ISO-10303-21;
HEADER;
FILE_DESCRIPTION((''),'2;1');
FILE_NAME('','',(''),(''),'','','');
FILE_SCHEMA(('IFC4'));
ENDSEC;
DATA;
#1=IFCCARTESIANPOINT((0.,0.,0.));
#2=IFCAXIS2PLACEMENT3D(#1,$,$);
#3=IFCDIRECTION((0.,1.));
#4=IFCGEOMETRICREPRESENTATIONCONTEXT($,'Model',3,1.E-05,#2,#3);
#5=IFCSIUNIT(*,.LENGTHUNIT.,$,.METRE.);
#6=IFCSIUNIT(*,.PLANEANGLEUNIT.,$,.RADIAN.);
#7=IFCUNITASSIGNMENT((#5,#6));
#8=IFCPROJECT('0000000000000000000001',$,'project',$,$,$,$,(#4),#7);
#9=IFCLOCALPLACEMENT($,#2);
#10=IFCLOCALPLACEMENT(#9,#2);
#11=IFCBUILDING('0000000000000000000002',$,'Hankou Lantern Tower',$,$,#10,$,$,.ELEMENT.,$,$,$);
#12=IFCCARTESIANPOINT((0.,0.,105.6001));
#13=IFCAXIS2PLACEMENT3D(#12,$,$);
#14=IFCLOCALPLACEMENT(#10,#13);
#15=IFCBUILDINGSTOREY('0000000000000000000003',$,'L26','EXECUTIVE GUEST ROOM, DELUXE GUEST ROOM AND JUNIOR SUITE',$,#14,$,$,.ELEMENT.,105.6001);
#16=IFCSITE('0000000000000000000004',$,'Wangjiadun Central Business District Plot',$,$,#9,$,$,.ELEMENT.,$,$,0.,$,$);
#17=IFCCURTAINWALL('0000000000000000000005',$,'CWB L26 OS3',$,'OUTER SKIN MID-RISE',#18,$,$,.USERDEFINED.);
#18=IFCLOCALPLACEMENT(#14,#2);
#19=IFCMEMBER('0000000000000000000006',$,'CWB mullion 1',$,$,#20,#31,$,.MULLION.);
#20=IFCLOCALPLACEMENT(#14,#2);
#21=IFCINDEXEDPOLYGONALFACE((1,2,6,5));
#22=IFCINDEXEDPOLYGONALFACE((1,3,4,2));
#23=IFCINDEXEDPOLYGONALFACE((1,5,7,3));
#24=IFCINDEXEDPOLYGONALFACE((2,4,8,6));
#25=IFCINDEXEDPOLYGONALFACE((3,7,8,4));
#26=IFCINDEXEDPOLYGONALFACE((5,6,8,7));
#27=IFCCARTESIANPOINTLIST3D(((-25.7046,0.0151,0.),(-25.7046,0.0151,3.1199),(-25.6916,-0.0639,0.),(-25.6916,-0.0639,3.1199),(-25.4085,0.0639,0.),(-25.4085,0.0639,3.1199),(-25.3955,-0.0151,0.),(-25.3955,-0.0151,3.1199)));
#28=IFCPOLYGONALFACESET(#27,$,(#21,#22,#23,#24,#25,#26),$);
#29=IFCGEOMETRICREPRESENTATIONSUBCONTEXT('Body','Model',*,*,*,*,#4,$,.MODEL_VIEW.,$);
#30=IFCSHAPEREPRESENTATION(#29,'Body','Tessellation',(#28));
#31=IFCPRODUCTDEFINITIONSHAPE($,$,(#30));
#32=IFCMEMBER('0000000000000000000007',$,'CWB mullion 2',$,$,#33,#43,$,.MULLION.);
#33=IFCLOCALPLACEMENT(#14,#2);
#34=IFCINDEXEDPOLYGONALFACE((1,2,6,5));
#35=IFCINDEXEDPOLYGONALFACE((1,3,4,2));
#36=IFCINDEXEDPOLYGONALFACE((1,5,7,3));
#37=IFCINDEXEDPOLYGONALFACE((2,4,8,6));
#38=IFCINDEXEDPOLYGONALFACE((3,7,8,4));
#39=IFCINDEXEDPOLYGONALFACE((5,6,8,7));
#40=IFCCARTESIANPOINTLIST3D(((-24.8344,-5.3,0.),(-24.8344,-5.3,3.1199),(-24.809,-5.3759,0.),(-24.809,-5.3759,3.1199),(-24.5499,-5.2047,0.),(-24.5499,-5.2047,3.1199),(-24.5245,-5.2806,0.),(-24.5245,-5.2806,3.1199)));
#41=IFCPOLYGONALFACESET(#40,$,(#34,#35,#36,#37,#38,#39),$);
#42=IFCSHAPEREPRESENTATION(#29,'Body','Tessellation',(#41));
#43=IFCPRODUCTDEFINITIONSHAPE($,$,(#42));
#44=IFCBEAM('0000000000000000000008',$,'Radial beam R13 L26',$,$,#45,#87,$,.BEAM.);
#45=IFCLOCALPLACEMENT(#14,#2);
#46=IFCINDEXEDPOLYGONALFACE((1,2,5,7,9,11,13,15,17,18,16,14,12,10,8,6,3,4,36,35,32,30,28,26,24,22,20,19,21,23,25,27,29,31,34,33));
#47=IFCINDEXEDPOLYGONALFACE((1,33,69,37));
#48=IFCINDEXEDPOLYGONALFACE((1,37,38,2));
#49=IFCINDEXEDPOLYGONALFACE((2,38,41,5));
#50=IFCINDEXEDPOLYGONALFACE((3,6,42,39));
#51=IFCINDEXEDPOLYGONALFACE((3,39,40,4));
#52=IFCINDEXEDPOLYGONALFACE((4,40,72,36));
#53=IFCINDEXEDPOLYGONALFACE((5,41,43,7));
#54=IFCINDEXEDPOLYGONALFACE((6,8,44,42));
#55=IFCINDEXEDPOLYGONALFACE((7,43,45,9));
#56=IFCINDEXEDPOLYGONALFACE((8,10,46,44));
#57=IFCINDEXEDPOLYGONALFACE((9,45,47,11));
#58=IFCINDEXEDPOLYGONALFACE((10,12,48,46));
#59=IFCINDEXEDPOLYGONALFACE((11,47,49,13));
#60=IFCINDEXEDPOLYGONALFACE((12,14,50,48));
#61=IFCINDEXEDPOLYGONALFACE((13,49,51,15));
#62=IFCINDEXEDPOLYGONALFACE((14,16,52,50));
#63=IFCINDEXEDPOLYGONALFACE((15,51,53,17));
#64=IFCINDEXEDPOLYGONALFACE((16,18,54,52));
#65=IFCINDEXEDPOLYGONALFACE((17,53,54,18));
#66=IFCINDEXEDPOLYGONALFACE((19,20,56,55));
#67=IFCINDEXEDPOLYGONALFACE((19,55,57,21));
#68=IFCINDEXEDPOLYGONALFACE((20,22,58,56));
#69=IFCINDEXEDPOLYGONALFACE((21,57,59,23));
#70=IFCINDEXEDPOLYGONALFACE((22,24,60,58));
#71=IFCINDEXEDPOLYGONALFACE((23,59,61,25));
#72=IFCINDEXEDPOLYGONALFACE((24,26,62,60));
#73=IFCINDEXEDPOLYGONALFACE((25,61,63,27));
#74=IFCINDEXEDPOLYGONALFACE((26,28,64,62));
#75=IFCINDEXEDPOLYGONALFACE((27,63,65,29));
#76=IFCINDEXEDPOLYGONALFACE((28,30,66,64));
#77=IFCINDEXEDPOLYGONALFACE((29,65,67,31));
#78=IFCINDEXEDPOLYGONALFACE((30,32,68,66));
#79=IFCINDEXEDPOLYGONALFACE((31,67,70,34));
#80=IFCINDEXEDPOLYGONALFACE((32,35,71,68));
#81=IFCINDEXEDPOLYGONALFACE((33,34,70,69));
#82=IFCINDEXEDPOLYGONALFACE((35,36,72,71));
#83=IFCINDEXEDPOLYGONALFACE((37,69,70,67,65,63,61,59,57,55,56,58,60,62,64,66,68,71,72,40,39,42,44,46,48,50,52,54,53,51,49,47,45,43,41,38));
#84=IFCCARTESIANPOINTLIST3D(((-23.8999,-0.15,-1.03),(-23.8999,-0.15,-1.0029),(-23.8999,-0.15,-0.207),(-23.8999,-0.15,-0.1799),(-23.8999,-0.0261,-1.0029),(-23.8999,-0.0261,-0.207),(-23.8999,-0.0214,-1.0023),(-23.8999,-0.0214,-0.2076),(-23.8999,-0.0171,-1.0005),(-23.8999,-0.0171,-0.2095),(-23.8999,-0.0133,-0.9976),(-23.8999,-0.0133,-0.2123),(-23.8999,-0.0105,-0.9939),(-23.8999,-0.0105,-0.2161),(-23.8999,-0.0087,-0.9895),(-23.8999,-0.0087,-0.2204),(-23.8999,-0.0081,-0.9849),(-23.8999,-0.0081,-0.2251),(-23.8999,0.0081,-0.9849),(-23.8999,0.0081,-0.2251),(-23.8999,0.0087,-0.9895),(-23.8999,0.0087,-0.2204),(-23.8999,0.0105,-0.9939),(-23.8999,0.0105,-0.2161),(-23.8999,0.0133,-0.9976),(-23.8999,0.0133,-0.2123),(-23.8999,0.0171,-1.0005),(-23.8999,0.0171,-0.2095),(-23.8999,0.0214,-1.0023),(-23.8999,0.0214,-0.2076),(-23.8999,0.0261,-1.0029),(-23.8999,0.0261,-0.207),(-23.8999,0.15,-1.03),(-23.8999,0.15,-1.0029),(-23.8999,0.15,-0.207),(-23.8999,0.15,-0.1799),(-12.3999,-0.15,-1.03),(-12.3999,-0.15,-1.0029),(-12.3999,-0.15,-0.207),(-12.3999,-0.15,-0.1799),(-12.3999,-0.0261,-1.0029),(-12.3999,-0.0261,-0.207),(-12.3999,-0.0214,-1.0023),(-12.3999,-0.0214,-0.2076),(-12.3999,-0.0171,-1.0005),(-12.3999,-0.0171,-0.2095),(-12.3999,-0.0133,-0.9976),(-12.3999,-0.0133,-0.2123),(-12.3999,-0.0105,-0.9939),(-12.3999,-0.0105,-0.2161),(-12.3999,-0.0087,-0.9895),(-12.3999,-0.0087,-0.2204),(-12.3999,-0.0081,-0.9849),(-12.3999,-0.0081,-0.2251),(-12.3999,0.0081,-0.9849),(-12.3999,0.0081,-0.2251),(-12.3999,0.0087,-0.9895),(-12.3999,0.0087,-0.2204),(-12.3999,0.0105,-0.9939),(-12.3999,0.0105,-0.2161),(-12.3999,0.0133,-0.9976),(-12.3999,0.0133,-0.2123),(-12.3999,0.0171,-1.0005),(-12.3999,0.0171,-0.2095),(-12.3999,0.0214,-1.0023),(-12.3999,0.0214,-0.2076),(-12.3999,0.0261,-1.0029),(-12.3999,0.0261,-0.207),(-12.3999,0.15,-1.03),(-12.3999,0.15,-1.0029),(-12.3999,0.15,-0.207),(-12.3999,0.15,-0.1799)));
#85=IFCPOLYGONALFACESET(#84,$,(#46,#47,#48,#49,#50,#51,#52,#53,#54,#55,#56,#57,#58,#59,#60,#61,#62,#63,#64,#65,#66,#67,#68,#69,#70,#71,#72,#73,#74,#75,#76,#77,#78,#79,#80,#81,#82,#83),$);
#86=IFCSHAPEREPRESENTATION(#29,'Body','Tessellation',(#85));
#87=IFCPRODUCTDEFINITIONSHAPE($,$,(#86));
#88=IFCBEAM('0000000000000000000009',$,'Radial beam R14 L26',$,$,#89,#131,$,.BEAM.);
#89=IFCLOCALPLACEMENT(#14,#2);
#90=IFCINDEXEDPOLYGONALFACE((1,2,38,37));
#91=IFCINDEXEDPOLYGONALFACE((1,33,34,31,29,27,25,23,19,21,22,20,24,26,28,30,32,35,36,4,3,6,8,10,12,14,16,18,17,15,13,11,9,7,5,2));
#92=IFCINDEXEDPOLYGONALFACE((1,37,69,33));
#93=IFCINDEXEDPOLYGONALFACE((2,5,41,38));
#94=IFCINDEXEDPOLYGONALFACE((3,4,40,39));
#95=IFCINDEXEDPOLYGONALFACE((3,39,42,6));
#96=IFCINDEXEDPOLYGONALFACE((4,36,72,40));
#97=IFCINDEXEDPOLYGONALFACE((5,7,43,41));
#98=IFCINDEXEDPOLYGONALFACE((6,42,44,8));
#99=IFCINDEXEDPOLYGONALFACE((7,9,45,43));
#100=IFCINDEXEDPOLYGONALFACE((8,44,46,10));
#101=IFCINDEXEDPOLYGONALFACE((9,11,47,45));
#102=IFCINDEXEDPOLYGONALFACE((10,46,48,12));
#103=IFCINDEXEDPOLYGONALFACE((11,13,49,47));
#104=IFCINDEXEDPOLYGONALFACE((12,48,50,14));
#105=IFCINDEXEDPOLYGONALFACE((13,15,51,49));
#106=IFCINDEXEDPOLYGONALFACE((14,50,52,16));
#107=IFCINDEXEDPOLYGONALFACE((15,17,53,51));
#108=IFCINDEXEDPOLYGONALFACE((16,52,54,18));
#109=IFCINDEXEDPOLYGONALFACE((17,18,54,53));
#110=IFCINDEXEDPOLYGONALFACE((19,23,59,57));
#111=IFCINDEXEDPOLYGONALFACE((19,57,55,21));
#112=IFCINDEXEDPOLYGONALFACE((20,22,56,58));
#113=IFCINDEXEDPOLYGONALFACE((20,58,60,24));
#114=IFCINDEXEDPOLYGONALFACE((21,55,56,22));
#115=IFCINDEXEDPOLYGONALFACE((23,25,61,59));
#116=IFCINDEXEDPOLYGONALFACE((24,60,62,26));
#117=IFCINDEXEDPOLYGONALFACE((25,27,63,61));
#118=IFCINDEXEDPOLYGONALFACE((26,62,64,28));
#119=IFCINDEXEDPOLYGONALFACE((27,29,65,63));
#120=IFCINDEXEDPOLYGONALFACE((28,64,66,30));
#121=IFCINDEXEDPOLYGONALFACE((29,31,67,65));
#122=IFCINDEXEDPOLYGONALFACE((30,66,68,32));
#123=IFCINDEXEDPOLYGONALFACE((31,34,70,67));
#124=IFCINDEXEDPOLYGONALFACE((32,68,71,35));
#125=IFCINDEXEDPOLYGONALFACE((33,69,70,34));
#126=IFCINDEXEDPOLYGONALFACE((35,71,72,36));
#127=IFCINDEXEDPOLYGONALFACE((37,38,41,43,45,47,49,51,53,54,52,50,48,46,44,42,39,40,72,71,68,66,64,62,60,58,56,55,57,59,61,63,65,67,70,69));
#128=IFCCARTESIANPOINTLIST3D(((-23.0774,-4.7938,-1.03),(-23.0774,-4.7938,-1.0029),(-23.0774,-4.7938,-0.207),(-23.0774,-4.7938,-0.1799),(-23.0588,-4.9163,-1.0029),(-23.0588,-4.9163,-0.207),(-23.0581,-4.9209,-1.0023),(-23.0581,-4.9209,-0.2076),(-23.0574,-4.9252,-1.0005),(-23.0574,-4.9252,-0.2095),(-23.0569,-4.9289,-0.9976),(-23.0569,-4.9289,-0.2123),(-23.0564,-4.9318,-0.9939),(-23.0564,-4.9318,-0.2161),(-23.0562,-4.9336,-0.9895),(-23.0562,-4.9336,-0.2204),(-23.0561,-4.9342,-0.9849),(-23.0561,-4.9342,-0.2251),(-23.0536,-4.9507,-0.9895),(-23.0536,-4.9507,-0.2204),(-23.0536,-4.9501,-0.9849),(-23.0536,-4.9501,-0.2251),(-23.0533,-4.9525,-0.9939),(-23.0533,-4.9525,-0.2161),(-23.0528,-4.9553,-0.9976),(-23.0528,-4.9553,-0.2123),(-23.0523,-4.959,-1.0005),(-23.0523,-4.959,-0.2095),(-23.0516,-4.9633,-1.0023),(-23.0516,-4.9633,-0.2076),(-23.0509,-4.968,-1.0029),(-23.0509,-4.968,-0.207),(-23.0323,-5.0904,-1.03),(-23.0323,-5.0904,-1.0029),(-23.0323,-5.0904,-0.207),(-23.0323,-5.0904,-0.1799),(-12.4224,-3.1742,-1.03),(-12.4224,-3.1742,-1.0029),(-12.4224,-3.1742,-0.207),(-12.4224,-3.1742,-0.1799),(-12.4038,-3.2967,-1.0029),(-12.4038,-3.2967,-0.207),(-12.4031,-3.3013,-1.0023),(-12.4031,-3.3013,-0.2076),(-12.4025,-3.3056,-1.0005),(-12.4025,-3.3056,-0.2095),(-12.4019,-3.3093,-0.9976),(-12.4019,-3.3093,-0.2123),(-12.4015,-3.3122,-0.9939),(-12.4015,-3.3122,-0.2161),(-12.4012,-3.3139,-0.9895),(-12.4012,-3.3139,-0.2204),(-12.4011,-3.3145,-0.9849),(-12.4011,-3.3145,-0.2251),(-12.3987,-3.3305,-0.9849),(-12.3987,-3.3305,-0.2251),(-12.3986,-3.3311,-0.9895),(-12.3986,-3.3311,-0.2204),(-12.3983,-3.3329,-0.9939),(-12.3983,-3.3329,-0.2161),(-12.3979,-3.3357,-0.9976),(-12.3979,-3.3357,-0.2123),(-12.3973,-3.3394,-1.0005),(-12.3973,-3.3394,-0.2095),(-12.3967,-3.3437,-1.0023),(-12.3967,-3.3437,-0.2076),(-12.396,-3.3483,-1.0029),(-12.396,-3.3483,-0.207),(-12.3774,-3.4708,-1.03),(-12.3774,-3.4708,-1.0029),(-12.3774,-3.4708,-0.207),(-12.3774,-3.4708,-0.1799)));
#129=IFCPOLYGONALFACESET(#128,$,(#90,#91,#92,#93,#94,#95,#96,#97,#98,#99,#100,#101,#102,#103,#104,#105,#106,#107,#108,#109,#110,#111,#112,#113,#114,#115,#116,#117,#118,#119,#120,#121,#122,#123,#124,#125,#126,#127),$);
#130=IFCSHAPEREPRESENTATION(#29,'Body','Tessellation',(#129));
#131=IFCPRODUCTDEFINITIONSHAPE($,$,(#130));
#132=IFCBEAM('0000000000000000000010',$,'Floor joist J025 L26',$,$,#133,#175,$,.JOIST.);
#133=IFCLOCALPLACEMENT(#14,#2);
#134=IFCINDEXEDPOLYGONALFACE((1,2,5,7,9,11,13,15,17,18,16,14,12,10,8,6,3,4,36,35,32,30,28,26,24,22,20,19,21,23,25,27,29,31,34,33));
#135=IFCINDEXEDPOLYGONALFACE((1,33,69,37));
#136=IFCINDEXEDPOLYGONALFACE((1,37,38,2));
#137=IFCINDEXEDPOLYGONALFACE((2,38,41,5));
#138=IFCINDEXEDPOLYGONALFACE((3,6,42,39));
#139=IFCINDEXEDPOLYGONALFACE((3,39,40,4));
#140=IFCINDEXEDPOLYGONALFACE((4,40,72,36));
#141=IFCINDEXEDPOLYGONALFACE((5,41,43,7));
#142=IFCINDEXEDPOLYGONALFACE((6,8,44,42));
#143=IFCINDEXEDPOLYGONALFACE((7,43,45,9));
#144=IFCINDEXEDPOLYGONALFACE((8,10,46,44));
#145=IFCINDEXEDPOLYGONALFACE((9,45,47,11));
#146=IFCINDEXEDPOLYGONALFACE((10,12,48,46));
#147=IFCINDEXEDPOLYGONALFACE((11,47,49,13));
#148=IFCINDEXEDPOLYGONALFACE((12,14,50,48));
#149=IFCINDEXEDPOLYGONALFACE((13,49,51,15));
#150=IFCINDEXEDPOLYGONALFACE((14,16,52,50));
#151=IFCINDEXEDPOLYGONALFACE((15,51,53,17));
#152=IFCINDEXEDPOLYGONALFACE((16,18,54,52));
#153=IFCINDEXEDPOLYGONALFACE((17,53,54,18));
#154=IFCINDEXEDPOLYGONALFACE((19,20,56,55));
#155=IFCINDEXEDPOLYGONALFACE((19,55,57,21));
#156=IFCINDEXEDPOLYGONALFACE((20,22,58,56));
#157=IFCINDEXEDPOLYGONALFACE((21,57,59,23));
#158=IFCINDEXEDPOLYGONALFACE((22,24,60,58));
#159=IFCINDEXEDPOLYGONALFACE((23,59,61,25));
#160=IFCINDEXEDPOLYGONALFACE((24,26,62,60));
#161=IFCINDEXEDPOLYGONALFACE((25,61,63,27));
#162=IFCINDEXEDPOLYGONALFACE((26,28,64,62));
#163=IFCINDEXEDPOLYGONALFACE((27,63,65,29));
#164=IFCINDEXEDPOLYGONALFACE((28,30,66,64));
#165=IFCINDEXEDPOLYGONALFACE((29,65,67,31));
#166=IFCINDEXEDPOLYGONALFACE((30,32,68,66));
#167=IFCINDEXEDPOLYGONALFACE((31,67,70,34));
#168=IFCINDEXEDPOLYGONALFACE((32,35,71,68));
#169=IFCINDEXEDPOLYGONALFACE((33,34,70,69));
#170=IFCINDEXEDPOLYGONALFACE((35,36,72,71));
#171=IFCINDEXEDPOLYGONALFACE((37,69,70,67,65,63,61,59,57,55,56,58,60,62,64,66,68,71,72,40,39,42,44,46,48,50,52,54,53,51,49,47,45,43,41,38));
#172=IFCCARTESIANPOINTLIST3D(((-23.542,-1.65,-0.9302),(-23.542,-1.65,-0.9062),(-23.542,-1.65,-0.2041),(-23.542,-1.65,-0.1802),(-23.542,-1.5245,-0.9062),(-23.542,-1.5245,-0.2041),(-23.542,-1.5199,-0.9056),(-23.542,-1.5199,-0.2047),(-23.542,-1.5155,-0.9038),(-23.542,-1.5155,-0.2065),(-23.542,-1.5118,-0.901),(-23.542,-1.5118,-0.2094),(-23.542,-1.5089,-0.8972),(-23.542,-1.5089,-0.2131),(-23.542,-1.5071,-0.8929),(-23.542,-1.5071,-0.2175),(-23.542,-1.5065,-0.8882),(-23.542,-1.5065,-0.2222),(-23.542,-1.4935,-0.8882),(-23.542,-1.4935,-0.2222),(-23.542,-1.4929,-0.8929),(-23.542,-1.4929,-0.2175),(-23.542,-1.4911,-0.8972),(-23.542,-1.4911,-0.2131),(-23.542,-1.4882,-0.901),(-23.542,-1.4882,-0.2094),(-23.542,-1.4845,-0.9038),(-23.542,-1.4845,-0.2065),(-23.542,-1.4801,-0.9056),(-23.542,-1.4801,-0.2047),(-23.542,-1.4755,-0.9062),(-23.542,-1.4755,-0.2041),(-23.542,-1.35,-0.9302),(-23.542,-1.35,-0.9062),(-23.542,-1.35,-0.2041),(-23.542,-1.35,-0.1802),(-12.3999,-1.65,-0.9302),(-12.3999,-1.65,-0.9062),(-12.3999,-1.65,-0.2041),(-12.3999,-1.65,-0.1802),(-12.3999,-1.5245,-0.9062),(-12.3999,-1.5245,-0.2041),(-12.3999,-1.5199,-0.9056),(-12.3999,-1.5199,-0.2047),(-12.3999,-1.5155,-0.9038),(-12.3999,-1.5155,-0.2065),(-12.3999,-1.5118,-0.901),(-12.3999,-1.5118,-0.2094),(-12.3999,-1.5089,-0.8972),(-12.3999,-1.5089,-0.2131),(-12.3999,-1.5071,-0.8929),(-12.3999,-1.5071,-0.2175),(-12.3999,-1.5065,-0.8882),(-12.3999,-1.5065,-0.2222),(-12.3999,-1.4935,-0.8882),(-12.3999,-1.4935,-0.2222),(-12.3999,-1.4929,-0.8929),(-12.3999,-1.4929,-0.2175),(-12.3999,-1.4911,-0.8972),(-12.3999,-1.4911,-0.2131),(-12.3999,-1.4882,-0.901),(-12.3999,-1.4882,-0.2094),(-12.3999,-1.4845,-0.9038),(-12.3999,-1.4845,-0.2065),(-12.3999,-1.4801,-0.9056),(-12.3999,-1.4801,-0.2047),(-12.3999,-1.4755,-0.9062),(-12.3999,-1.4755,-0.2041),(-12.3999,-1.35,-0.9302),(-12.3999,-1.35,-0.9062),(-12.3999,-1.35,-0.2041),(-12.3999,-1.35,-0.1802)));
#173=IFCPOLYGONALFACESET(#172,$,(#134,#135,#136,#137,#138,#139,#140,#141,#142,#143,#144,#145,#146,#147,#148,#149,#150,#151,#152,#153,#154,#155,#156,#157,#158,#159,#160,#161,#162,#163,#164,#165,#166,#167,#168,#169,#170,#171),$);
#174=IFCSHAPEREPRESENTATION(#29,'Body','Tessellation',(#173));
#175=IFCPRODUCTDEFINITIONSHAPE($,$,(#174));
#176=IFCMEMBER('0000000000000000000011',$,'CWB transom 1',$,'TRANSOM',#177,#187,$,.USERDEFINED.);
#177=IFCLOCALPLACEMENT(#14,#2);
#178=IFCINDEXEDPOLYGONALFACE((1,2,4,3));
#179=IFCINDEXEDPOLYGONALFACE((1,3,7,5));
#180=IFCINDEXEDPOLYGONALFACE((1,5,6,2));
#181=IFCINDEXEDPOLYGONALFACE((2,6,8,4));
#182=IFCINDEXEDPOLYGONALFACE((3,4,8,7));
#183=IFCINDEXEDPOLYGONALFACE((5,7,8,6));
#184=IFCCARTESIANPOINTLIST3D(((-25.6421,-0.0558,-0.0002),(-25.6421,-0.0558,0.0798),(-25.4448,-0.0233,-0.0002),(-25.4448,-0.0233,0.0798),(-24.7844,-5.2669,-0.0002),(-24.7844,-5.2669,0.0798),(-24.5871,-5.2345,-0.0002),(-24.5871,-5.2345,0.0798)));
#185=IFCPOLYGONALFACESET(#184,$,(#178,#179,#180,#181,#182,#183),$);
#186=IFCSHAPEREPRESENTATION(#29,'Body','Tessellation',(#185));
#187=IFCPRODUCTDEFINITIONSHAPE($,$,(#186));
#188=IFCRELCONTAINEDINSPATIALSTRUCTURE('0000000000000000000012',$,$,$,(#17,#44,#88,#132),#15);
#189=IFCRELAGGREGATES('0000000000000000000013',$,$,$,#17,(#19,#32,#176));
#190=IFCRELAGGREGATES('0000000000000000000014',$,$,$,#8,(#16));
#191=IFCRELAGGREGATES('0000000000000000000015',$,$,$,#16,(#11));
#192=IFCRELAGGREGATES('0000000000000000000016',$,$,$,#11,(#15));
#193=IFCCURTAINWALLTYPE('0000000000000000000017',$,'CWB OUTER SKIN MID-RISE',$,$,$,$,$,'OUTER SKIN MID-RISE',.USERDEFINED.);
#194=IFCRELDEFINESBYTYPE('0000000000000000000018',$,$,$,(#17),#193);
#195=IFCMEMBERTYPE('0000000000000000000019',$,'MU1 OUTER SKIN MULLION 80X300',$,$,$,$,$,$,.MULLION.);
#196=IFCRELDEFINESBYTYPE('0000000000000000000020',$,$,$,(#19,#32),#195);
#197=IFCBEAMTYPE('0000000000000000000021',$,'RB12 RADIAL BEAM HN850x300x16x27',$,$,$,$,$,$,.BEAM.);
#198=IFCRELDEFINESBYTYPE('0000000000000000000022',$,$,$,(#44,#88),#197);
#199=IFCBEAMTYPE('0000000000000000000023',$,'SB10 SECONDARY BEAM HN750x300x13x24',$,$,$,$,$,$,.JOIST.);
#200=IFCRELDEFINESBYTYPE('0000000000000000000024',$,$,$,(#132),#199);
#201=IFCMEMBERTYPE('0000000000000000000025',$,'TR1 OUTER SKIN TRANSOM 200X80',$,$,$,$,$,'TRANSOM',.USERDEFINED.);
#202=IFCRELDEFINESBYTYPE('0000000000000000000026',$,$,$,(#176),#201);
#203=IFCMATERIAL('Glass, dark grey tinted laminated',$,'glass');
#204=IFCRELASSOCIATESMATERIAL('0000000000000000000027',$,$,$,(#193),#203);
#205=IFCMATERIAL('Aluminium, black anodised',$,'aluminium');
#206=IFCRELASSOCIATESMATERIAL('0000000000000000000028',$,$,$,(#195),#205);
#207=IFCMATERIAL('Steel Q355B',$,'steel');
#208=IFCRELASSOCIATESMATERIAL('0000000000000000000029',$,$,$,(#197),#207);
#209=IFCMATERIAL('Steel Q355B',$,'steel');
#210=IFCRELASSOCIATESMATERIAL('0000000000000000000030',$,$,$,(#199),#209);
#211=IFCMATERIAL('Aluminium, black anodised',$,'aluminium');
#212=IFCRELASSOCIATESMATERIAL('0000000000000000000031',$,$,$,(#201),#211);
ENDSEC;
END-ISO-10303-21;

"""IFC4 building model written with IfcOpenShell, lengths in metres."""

from ifc_helpers import new_model, si_unit, direction, frame, origin, origin_2d, place, context, subcontext, project, spatial, rectangle, i_section, extrude, material, material_profile, profile_set, type_object, element, aggregate, save


model = new_model("IFC4")

# Units and contexts
model_context = context("Model", 3, precision=1e-05, world=origin(), true_north=direction((0.0, 1.0)))
body_context = subcontext(model_context, "Body", "Model", "MODEL_VIEW")
ifc_project = project(units=[si_unit("LENGTHUNIT", "METRE"), si_unit("PLANEANGLEUNIT", "RADIAN")], contexts=[model_context])

# Site, building, storey
site_placement = place(None, origin())
site = spatial("IfcSite", under=ifc_project, at=site_placement, Name="Wangjiadun Central Business District Plot", CompositionType="ELEMENT", RefElevation=0.0)
building_placement = place(site_placement, origin())
building = spatial("IfcBuilding", under=site, at=building_placement, Name="Hankou Lantern Tower", CompositionType="ELEMENT")
storey_placement = place(building_placement, frame((0.0, 0.0, 105.6001)))
storey = spatial("IfcBuildingStorey", under=building, at=storey_placement, Name="L26", Description="EXECUTIVE GUEST ROOM, DELUXE GUEST ROOM AND JUNIOR SUITE", CompositionType="ELEMENT", Elevation=105.6001)

# Curtain wall, members
ifc_material_1 = material(Name="Glass, dark grey tinted laminated", Category="glass")
curtain_wall_type = type_object("IfcCurtainWallType", Name="CWB OUTER SKIN MID-RISE", ElementType="OUTER SKIN MID-RISE", PredefinedType="USERDEFINED", material=ifc_material_1)
curtain_wall_placement = place(storey_placement, origin())
curtain_wall = element("IfcCurtainWall", 1, at=curtain_wall_placement, inside=storey, type_object=curtain_wall_type, Name="CWB L26 OS3", ObjectType="OUTER SKIN MID-RISE", PredefinedType="USERDEFINED")
ifc_material_2 = material(Name="Aluminium, black anodised", Category="aluminium")
ifc_material_profile_1 = material_profile(ifc_material_2, rectangle(XDim=0.0801, YDim=0.3, at=origin_2d()), Name="MU1 80X300")
ifc_profile_set_1 = profile_set([ifc_material_profile_1], Name="Aluminium, black anodised")
member_type_1 = type_object("IfcMemberType", Name="MU1 OUTER SKIN MULLION 80X300", PredefinedType="MULLION", material=ifc_profile_set_1)
member_1_placement = place(storey_placement, frame((-25.55, 0.0, 0.0), z_axis=(0.0, 0.0, 1.0), x_axis=(0.162382, -0.986728, 0.0)))
member_1 = element("IfcMember", 2, at=member_1_placement, type_object=member_type_1, Name="CWB mullion 1", PredefinedType="MULLION", context=body_context, shape_type="SweptSolid", body=[
    extrude(rectangle(XDim=0.0801, YDim=0.3, at=origin_2d()), origin(), (0.0, 0.0, 1.0), 3.1199),
])
member_2_placement = place(storey_placement, frame((-24.6794, -5.2903, 0.0), z_axis=(0.0, 0.0, 1.0), x_axis=(0.317596, -0.948226, 0.0)))
member_2 = element("IfcMember", 3, at=member_2_placement, type_object=member_type_1, Name="CWB mullion 2", PredefinedType="MULLION", context=body_context, shape_type="SweptSolid", body=[
    extrude(rectangle(XDim=0.0801, YDim=0.3, at=origin_2d()), origin(), (0.0, 0.0, 1.0), 3.1199),
])

# Beams
ifc_material_3 = material(Name="Steel Q355B", Category="steel")
ifc_material_profile_2 = material_profile(ifc_material_3, i_section(OverallWidth=0.3, OverallDepth=0.8501, WebThickness=0.0161, FlangeThickness=0.0271, FilletRadius=0.0181, at=origin_2d()), Name="HN850x300x16x27")
ifc_profile_set_2 = profile_set([ifc_material_profile_2], Name="Steel Q355B")
beam_type_1 = type_object("IfcBeamType", Name="RB12 RADIAL BEAM HN850x300x16x27", PredefinedType="BEAM", material=ifc_profile_set_2)
beam_1_placement = place(storey_placement, frame((-12.3999, 0.0, -0.605), z_axis=(-1.0, 0.0, 0.0), x_axis=(0.0, -1.0, 0.0)))
element("IfcBeam", 4, at=beam_1_placement, inside=storey, type_object=beam_type_1, Name="Radial beam R13 L26", PredefinedType="BEAM", context=body_context, shape_type="SweptSolid", body=[
    extrude(i_section(OverallWidth=0.3, OverallDepth=0.8501, WebThickness=0.0161, FlangeThickness=0.0271, FilletRadius=0.0181, at=origin_2d()), origin(), (0.0, 0.0, 1.0), 11.5),
])
beam_2_placement = place(storey_placement, frame((-12.3999, -3.3225, -0.605), z_axis=(-0.988644, -0.15028, 0.0), x_axis=(0.15028, -0.988644, 0.0)))
element("IfcBeam", 5, at=beam_2_placement, inside=storey, type_object=beam_type_1, Name="Radial beam R14 L26", PredefinedType="BEAM", context=body_context, shape_type="SweptSolid", body=[
    extrude(i_section(OverallWidth=0.3, OverallDepth=0.8501, WebThickness=0.0161, FlangeThickness=0.0271, FilletRadius=0.0181, at=origin_2d()), origin(), (0.0, 0.0, 1.0), 10.7773),
])
ifc_material_4 = material(Name="Steel Q355B", Category="steel")
ifc_material_profile_3 = material_profile(ifc_material_4, i_section(OverallWidth=0.3, OverallDepth=0.75, WebThickness=0.0129, FlangeThickness=0.0239, FilletRadius=0.0181, at=origin_2d()), Name="HN750x300x13x24")
ifc_profile_set_3 = profile_set([ifc_material_profile_3], Name="Steel Q355B")
beam_type_2 = type_object("IfcBeamType", Name="SB10 SECONDARY BEAM HN750x300x13x24", PredefinedType="JOIST", material=ifc_profile_set_3)
beam_3_placement = place(storey_placement, frame((-23.542, -1.5, -0.5552), z_axis=(1.0, 0.0, 0.0), x_axis=(0.0, 1.0, 0.0)))
element("IfcBeam", 6, at=beam_3_placement, inside=storey, type_object=beam_type_2, Name="Floor joist J025 L26", PredefinedType="JOIST", context=body_context, shape_type="SweptSolid", body=[
    extrude(i_section(OverallWidth=0.3, OverallDepth=0.75, WebThickness=0.0129, FlangeThickness=0.0239, FilletRadius=0.0181, at=origin_2d()), origin(), (0.0, 0.0, 1.0), 11.1421),
])

# Member
ifc_material_5 = material(Name="Aluminium, black anodised", Category="aluminium")
ifc_material_profile_4 = material_profile(ifc_material_5, rectangle(XDim=0.2, YDim=0.0801, at=origin_2d()), Name="TR1 200X80")
ifc_profile_set_4 = profile_set([ifc_material_profile_4], Name="Aluminium, black anodised")
member_type_2 = type_object("IfcMemberType", Name="TR1 OUTER SKIN TRANSOM 200X80", ElementType="TRANSOM", PredefinedType="USERDEFINED", material=ifc_profile_set_4)
member_3_placement = place(storey_placement, frame((-25.5435, -0.0396, 0.0398), z_axis=(0.162397, -0.986725, 0.0), x_axis=(0.986725, 0.162397, 0.0)))
member_3 = element("IfcMember", 7, at=member_3_placement, type_object=member_type_2, Name="CWB transom 1", ObjectType="TRANSOM", PredefinedType="USERDEFINED", context=body_context, shape_type="SweptSolid", body=[
    extrude(rectangle(XDim=0.2, YDim=0.0801, at=origin_2d()), origin(), (0.0, 0.0, 1.0), 5.2812),
])

aggregate(curtain_wall, [member_1, member_2, member_3])

save(model, "model.ifc")
